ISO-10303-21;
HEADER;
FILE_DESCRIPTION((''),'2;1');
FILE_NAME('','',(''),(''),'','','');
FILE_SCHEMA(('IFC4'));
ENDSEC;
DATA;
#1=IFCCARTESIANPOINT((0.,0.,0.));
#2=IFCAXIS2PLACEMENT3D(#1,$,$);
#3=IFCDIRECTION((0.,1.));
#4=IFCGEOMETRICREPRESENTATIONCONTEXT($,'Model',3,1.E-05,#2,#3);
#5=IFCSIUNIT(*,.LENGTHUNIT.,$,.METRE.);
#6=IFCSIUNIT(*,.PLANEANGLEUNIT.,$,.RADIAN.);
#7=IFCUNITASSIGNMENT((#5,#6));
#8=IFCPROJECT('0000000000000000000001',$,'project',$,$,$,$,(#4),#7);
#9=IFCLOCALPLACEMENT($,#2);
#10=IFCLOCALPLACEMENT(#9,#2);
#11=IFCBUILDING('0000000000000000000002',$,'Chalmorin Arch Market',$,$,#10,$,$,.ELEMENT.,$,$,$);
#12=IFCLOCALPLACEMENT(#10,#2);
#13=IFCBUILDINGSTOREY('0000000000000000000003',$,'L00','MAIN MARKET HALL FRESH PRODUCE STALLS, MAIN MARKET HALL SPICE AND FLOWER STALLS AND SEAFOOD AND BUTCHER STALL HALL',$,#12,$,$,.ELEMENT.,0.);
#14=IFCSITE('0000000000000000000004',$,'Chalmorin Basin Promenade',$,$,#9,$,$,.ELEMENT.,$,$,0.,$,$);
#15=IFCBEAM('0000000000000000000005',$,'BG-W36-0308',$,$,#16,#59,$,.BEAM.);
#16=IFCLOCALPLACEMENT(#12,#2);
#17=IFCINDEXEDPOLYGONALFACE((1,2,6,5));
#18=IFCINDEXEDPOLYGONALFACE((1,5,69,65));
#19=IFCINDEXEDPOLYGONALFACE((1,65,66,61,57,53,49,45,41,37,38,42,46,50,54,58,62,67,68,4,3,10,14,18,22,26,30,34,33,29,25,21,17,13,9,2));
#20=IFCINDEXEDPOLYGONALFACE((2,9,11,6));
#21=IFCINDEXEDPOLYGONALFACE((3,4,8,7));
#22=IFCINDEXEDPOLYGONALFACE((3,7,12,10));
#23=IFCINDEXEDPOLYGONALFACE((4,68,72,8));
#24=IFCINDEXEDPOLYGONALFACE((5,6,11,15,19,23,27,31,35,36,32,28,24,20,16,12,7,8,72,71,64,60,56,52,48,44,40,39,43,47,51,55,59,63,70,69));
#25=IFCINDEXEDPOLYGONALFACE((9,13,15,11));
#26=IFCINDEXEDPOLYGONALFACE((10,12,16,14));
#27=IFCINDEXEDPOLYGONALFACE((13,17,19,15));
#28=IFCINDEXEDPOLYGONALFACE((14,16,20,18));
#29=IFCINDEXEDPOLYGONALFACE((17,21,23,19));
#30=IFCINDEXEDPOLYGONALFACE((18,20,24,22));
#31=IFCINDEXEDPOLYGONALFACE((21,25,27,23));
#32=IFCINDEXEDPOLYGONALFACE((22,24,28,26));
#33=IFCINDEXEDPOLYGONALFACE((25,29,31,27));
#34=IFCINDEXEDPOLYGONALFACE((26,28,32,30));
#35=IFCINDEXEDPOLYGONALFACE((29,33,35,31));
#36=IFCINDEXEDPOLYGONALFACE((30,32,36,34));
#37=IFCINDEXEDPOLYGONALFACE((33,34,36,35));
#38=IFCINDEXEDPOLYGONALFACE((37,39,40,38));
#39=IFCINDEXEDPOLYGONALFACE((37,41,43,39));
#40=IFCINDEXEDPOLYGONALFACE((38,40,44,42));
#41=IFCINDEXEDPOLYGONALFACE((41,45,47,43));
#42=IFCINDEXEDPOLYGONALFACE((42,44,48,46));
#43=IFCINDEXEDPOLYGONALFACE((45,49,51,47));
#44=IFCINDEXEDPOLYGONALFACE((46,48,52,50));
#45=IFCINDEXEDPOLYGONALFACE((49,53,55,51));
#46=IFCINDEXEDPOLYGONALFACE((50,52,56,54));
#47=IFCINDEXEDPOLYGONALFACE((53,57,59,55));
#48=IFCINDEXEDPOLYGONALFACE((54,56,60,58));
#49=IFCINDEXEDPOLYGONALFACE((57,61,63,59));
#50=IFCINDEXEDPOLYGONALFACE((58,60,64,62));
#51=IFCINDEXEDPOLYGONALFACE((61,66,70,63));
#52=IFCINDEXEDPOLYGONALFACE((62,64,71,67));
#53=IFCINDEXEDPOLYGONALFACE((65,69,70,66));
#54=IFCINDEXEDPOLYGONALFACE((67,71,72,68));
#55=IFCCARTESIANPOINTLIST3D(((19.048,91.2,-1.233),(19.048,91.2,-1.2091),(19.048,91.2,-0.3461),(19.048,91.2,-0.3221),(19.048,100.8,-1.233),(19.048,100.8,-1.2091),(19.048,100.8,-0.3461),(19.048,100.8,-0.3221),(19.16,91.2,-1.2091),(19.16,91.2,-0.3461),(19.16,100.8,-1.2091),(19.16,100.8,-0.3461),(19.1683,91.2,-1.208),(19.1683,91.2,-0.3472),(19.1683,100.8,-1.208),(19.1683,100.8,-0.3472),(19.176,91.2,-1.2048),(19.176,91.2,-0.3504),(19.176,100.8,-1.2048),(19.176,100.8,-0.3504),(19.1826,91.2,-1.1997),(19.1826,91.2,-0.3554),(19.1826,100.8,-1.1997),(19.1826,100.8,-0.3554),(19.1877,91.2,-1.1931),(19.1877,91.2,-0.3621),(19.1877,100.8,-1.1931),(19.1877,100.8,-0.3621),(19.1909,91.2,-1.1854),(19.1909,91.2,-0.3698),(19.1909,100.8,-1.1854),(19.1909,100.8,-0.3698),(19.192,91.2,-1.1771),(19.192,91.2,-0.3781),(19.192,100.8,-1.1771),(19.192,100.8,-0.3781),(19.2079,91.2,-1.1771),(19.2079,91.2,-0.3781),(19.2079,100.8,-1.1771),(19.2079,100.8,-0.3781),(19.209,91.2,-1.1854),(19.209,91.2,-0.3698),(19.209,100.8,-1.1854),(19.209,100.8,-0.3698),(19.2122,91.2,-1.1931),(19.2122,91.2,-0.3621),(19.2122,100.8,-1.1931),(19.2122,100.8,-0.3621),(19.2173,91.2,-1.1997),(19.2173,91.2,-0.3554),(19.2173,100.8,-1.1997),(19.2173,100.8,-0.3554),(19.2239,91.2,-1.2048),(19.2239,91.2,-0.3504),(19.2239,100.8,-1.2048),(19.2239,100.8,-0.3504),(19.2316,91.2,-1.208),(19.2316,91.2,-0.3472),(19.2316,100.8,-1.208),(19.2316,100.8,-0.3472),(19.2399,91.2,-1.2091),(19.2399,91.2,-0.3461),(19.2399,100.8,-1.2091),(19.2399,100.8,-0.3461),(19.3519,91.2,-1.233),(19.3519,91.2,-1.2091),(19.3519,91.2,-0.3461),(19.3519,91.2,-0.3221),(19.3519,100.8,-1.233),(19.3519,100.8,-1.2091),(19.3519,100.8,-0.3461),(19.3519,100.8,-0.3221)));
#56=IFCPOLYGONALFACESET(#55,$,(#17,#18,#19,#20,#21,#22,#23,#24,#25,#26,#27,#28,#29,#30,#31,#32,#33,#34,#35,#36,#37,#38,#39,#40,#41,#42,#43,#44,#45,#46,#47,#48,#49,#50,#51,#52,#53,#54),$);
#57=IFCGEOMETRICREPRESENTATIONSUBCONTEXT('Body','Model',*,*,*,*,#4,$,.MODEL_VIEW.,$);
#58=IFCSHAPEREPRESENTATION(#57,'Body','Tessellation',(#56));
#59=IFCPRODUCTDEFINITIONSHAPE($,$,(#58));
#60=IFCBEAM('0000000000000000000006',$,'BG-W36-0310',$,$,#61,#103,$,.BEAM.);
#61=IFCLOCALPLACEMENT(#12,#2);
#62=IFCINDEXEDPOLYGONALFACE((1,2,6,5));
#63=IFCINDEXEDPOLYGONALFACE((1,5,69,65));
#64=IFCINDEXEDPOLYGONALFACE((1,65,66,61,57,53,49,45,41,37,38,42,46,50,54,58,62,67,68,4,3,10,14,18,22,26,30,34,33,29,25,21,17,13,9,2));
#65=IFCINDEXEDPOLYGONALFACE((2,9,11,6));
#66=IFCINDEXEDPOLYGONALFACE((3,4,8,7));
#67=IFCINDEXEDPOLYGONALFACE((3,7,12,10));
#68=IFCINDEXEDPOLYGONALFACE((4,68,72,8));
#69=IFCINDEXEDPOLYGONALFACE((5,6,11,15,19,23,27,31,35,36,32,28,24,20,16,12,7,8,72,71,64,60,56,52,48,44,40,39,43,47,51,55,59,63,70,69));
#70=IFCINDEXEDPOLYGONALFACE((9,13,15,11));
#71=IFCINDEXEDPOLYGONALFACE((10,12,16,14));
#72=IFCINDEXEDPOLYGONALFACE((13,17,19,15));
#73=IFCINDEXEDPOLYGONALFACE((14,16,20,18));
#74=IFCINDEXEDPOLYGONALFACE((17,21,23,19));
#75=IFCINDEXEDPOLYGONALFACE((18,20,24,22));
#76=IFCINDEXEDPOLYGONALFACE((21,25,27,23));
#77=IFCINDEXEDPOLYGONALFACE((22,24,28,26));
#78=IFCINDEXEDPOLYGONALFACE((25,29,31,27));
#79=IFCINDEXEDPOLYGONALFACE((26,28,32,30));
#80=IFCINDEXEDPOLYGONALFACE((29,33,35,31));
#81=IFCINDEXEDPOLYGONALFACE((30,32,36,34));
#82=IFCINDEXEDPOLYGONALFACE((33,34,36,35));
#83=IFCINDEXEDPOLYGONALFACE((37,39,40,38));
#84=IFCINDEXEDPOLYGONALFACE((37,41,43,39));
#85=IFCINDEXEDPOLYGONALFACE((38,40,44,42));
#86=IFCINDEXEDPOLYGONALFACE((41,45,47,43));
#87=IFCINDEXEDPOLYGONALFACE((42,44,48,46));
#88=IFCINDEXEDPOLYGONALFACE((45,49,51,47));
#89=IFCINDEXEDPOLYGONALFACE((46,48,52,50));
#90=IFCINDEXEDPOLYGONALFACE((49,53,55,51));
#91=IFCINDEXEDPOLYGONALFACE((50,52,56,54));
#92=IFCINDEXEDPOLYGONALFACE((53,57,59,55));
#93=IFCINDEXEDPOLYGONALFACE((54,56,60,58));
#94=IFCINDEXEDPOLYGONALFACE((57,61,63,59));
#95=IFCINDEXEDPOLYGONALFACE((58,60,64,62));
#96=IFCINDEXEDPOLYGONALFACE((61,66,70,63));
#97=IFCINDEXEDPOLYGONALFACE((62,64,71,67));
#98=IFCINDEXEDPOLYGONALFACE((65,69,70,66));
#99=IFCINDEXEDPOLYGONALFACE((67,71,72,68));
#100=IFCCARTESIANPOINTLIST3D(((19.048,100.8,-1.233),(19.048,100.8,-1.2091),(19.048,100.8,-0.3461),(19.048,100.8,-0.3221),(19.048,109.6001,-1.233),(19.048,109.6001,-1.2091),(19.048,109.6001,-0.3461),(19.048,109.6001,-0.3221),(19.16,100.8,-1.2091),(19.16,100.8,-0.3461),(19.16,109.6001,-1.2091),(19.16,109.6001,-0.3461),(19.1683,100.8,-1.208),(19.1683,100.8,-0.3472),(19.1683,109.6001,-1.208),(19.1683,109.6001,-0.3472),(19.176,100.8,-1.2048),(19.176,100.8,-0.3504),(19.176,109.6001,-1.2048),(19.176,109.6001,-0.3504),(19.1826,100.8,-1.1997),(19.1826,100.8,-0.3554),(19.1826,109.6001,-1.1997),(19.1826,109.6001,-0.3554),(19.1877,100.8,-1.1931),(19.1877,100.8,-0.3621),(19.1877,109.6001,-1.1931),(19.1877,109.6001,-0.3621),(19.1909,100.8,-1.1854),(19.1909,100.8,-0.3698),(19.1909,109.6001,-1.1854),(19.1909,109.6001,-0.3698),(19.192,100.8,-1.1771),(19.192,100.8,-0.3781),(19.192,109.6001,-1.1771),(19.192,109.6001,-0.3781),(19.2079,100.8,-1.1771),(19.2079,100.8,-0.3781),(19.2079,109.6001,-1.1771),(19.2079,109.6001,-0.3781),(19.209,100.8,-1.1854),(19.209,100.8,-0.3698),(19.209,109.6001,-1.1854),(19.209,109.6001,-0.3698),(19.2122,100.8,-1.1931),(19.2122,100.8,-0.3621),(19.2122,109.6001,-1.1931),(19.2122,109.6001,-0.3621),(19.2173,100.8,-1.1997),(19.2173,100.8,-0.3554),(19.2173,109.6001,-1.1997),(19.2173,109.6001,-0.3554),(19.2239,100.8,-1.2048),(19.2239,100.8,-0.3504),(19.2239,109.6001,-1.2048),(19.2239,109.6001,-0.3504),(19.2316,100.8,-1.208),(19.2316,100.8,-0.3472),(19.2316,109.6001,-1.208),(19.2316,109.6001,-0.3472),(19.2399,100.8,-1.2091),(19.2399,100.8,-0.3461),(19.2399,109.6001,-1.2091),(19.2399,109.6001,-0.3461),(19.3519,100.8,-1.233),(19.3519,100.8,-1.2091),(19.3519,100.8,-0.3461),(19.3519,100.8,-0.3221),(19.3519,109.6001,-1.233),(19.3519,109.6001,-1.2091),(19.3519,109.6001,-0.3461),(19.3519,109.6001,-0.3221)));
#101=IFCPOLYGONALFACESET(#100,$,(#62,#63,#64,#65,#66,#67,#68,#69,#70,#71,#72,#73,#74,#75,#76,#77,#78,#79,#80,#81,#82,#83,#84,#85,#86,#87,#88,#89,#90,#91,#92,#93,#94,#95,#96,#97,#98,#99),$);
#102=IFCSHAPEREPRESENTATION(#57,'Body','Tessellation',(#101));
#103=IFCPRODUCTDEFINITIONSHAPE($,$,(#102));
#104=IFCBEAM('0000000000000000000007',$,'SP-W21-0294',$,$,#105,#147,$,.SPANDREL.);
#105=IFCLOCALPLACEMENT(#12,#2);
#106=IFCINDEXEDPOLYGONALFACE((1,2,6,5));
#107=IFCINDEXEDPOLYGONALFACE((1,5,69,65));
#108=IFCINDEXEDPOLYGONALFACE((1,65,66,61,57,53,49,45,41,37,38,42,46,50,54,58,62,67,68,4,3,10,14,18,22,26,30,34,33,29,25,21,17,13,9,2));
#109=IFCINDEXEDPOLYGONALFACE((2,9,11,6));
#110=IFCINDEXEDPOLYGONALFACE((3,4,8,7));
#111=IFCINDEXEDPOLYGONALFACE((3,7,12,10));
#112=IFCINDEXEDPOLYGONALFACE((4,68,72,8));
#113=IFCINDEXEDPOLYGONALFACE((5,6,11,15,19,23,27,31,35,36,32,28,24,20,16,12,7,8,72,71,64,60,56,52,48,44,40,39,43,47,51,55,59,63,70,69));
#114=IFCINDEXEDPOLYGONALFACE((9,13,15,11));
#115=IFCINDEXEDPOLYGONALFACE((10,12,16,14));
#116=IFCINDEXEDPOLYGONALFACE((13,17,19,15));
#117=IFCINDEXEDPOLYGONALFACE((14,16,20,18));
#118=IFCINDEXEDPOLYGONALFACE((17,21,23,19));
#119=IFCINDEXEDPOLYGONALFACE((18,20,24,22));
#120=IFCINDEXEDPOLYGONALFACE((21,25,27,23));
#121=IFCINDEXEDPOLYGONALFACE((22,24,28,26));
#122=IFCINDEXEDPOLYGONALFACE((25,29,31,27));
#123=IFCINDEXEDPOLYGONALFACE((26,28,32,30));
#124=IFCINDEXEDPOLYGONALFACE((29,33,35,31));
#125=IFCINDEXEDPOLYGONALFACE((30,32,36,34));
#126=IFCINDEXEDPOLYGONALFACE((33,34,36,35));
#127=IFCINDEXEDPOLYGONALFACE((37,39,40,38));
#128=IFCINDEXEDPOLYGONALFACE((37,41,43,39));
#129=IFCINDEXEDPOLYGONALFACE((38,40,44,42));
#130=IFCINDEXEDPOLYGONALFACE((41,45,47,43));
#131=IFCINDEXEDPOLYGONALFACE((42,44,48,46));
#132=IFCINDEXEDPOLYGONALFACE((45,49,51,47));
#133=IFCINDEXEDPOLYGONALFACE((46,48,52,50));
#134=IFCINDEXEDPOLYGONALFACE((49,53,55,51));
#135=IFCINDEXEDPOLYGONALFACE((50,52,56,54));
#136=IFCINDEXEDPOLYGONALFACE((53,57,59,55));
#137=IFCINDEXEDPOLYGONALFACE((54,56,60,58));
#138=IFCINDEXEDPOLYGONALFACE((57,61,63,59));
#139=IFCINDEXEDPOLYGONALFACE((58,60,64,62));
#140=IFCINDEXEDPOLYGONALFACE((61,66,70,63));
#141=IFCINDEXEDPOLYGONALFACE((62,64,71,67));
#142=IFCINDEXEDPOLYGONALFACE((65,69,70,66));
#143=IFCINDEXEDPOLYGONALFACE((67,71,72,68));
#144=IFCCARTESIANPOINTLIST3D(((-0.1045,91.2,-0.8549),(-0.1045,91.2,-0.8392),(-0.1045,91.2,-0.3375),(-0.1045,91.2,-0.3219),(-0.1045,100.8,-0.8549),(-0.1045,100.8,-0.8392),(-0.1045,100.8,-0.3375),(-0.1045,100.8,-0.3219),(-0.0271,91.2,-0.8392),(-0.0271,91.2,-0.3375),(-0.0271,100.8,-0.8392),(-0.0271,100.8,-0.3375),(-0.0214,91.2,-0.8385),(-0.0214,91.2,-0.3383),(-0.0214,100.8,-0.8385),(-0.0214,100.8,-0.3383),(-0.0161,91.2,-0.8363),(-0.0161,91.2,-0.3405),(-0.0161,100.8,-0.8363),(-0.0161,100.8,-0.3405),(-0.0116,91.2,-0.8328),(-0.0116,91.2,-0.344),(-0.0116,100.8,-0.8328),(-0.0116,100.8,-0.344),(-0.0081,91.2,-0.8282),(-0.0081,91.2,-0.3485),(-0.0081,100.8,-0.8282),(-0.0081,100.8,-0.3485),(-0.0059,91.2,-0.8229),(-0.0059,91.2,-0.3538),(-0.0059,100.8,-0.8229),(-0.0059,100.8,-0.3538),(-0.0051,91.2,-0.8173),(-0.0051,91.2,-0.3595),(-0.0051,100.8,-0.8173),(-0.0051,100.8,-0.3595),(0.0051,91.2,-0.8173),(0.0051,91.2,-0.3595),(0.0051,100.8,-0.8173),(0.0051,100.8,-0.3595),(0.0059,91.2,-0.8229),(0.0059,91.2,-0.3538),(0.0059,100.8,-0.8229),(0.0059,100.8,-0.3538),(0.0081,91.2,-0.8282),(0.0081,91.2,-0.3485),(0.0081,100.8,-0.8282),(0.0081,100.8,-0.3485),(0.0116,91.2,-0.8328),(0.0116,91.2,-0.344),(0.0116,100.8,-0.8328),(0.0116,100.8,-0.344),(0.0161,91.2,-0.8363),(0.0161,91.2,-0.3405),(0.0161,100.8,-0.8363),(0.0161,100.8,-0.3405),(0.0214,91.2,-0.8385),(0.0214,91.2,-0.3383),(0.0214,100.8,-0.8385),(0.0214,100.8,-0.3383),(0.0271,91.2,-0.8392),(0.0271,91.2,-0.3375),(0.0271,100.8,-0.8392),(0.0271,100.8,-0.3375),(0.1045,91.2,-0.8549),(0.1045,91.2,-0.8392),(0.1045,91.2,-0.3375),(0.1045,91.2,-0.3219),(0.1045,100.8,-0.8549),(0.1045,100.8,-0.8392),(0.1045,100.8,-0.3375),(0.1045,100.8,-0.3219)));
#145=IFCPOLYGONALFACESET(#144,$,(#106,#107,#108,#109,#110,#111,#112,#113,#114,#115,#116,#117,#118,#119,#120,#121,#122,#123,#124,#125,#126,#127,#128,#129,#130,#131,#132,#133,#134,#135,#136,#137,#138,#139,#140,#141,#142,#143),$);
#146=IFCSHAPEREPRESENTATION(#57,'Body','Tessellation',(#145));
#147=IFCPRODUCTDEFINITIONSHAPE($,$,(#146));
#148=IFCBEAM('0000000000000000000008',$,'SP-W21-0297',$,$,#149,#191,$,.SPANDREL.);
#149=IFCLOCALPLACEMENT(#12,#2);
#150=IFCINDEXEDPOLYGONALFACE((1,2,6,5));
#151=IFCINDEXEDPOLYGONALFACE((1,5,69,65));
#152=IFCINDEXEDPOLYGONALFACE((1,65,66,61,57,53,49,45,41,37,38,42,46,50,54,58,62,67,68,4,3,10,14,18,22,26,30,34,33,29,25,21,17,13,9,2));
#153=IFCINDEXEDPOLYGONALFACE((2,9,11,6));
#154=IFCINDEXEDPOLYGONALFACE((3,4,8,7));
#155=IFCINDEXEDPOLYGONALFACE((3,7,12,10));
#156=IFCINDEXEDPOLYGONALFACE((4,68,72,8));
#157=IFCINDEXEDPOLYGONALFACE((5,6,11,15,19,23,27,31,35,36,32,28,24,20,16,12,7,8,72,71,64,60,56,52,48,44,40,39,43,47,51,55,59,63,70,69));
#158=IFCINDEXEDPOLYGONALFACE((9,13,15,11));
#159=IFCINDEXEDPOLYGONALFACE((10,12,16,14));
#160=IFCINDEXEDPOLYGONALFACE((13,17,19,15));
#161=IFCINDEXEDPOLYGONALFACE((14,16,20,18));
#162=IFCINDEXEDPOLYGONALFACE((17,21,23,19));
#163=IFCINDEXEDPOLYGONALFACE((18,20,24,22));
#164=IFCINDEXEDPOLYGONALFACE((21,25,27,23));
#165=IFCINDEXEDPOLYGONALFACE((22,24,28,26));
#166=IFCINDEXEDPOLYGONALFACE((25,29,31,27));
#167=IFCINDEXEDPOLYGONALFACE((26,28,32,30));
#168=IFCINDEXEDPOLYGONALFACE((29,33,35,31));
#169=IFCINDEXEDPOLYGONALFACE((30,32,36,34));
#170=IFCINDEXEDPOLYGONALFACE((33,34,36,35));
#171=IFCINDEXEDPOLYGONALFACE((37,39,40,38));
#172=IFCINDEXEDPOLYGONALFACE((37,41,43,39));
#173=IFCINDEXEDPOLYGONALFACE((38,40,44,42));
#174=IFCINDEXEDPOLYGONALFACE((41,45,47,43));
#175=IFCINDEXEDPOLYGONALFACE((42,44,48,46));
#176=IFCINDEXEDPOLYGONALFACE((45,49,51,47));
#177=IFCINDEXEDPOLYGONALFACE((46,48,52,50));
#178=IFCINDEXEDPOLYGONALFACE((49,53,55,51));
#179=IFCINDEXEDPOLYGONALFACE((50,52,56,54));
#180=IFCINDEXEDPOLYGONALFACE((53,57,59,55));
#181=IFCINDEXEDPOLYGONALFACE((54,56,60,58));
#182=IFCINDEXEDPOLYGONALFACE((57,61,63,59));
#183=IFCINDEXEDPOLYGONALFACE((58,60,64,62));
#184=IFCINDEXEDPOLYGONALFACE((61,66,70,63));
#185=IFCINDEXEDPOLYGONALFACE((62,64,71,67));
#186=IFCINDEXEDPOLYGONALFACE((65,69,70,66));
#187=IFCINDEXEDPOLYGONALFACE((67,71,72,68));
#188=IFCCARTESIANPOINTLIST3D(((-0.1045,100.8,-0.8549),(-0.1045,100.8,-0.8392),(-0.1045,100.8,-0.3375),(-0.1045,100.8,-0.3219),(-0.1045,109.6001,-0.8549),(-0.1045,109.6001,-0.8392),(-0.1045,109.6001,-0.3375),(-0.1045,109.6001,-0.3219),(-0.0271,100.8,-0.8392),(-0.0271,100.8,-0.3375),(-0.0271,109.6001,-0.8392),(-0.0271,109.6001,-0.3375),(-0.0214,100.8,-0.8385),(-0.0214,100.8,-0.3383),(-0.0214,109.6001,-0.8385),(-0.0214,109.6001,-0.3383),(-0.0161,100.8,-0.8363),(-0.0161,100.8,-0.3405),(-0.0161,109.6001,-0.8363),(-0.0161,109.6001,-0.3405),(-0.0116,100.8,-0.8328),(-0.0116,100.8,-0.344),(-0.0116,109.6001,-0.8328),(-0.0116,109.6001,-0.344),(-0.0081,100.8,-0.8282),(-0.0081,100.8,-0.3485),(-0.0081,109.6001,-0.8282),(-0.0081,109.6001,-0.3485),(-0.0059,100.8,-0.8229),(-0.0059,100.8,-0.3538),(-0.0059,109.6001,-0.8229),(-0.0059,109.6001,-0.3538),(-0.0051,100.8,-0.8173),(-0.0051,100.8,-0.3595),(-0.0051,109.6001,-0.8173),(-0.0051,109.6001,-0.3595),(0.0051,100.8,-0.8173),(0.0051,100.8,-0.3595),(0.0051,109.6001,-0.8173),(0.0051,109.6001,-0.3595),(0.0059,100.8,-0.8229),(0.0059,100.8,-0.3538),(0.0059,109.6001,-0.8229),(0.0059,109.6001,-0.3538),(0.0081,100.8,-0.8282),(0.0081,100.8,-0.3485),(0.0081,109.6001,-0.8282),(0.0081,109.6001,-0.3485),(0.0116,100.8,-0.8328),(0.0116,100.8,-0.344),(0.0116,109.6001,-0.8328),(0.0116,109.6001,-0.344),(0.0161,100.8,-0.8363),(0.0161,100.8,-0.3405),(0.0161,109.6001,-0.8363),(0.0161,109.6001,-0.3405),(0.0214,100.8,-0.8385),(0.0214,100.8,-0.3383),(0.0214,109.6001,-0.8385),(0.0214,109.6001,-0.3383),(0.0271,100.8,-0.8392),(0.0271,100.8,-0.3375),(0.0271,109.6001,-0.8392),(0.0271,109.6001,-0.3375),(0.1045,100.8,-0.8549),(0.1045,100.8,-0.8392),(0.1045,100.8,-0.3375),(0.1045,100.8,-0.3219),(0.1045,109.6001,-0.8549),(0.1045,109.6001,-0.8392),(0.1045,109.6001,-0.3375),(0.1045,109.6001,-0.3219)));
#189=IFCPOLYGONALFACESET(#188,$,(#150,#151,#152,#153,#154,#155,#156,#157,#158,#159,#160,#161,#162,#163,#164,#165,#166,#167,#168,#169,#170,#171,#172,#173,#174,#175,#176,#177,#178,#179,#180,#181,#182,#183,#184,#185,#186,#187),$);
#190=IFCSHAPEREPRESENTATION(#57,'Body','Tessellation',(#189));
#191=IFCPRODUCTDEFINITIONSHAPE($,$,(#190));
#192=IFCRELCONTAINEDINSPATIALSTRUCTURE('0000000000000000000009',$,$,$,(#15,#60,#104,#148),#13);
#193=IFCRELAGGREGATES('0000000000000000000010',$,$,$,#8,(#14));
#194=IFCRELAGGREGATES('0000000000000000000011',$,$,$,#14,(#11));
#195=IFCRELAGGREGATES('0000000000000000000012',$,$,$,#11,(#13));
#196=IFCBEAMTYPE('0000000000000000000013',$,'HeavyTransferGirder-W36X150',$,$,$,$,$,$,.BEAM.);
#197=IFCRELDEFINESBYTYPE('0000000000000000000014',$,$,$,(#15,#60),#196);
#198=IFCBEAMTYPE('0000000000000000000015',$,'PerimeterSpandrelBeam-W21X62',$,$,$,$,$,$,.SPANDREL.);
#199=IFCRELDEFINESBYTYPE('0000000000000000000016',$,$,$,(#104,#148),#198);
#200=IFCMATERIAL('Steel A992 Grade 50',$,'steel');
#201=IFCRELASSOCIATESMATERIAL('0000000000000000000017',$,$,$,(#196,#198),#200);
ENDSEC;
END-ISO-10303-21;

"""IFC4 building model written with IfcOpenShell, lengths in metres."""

from ifc_helpers import new_model, si_unit, direction, frame, origin, origin_2d, place, context, subcontext, project, spatial, i_section, extrude, material, material_profile, profile_set, type_object, element, save


model = new_model("IFC4")

# Units and contexts
model_context = context("Model", 3, precision=1e-05, world=origin(), true_north=direction((0.0, 1.0)))
body_context = subcontext(model_context, "Body", "Model", "MODEL_VIEW")
ifc_project = project(units=[si_unit("LENGTHUNIT", "METRE"), si_unit("PLANEANGLEUNIT", "RADIAN")], contexts=[model_context])

# Site, building, storey
site_placement = place(None, origin())
site = spatial("IfcSite", under=ifc_project, at=site_placement, Name="Chalmorin Basin Promenade", CompositionType="ELEMENT", RefElevation=0.0)
building_placement = place(site_placement, origin())
building = spatial("IfcBuilding", under=site, at=building_placement, Name="Chalmorin Arch Market", CompositionType="ELEMENT")
storey_placement = place(building_placement, origin())
storey = spatial("IfcBuildingStorey", under=building, at=storey_placement, Name="L00", Description="MAIN MARKET HALL FRESH PRODUCE STALLS, MAIN MARKET HALL SPICE AND FLOWER STALLS AND SEAFOOD AND BUTCHER STALL HALL", CompositionType="ELEMENT", Elevation=0.0)

# Beams
ifc_material_1 = material(Name="Steel A992 Grade 50", Category="steel")
ifc_material_profile_1 = material_profile(ifc_material_1, i_section(OverallWidth=0.304, OverallDepth=0.9109, WebThickness=0.0159, FlangeThickness=0.0239, FilletRadius=0.032, at=origin_2d()), Name="W36X150")
ifc_profile_set_1 = profile_set([ifc_material_profile_1], Name="Steel A992 Grade 50")
beam_type_1 = type_object("IfcBeamType", Name="HeavyTransferGirder-W36X150", PredefinedType="BEAM", material=ifc_profile_set_1)
beam_1_placement = place(storey_placement, frame((19.2, 91.2, -0.7776), z_axis=(0.0, 1.0, 0.0), x_axis=(-1.0, 0.0, 0.0)))
element("IfcBeam", 1, at=beam_1_placement, inside=storey, type_object=beam_type_1, Name="BG-W36-0308", PredefinedType="BEAM", context=body_context, shape_type="SweptSolid", body=[
    extrude(i_section(OverallWidth=0.304, OverallDepth=0.9109, WebThickness=0.0159, FlangeThickness=0.0239, FilletRadius=0.032, at=origin_2d()), origin(), (0.0, 0.0, 1.0), 9.6001),
])
beam_2_placement = place(storey_placement, frame((19.2, 100.8, -0.7776), z_axis=(0.0, 1.0, 0.0), x_axis=(-1.0, 0.0, 0.0)))
element("IfcBeam", 2, at=beam_2_placement, inside=storey, type_object=beam_type_1, Name="BG-W36-0310", PredefinedType="BEAM", context=body_context, shape_type="SweptSolid", body=[
    extrude(i_section(OverallWidth=0.304, OverallDepth=0.9109, WebThickness=0.0159, FlangeThickness=0.0239, FilletRadius=0.032, at=origin_2d()), origin(), (0.0, 0.0, 1.0), 8.8),
])
ifc_material_profile_2 = material_profile(ifc_material_1, i_section(OverallWidth=0.209, OverallDepth=0.533, WebThickness=0.0103, FlangeThickness=0.0156, FilletRadius=0.022, at=origin_2d()), Name="W21X62")
ifc_profile_set_2 = profile_set([ifc_material_profile_2], Name="Steel A992 Grade 50")
beam_type_2 = type_object("IfcBeamType", Name="PerimeterSpandrelBeam-W21X62", PredefinedType="SPANDREL", material=ifc_profile_set_2)
beam_3_placement = place(storey_placement, frame((0.0, 91.2, -0.5884), z_axis=(0.0, 1.0, 0.0), x_axis=(-1.0, 0.0, 0.0)))
element("IfcBeam", 3, at=beam_3_placement, inside=storey, type_object=beam_type_2, Name="SP-W21-0294", PredefinedType="SPANDREL", context=body_context, shape_type="SweptSolid", body=[
    extrude(i_section(OverallWidth=0.209, OverallDepth=0.533, WebThickness=0.0103, FlangeThickness=0.0156, FilletRadius=0.022, at=origin_2d()), origin(), (0.0, 0.0, 1.0), 9.6001),
])
beam_4_placement = place(storey_placement, frame((0.0, 100.8, -0.5884), z_axis=(0.0, 1.0, 0.0), x_axis=(-1.0, 0.0, 0.0)))
element("IfcBeam", 4, at=beam_4_placement, inside=storey, type_object=beam_type_2, Name="SP-W21-0297", PredefinedType="SPANDREL", context=body_context, shape_type="SweptSolid", body=[
    extrude(i_section(OverallWidth=0.209, OverallDepth=0.533, WebThickness=0.0103, FlangeThickness=0.0156, FilletRadius=0.022, at=origin_2d()), origin(), (0.0, 0.0, 1.0), 8.8),
])

save(model, "model.ifc")
